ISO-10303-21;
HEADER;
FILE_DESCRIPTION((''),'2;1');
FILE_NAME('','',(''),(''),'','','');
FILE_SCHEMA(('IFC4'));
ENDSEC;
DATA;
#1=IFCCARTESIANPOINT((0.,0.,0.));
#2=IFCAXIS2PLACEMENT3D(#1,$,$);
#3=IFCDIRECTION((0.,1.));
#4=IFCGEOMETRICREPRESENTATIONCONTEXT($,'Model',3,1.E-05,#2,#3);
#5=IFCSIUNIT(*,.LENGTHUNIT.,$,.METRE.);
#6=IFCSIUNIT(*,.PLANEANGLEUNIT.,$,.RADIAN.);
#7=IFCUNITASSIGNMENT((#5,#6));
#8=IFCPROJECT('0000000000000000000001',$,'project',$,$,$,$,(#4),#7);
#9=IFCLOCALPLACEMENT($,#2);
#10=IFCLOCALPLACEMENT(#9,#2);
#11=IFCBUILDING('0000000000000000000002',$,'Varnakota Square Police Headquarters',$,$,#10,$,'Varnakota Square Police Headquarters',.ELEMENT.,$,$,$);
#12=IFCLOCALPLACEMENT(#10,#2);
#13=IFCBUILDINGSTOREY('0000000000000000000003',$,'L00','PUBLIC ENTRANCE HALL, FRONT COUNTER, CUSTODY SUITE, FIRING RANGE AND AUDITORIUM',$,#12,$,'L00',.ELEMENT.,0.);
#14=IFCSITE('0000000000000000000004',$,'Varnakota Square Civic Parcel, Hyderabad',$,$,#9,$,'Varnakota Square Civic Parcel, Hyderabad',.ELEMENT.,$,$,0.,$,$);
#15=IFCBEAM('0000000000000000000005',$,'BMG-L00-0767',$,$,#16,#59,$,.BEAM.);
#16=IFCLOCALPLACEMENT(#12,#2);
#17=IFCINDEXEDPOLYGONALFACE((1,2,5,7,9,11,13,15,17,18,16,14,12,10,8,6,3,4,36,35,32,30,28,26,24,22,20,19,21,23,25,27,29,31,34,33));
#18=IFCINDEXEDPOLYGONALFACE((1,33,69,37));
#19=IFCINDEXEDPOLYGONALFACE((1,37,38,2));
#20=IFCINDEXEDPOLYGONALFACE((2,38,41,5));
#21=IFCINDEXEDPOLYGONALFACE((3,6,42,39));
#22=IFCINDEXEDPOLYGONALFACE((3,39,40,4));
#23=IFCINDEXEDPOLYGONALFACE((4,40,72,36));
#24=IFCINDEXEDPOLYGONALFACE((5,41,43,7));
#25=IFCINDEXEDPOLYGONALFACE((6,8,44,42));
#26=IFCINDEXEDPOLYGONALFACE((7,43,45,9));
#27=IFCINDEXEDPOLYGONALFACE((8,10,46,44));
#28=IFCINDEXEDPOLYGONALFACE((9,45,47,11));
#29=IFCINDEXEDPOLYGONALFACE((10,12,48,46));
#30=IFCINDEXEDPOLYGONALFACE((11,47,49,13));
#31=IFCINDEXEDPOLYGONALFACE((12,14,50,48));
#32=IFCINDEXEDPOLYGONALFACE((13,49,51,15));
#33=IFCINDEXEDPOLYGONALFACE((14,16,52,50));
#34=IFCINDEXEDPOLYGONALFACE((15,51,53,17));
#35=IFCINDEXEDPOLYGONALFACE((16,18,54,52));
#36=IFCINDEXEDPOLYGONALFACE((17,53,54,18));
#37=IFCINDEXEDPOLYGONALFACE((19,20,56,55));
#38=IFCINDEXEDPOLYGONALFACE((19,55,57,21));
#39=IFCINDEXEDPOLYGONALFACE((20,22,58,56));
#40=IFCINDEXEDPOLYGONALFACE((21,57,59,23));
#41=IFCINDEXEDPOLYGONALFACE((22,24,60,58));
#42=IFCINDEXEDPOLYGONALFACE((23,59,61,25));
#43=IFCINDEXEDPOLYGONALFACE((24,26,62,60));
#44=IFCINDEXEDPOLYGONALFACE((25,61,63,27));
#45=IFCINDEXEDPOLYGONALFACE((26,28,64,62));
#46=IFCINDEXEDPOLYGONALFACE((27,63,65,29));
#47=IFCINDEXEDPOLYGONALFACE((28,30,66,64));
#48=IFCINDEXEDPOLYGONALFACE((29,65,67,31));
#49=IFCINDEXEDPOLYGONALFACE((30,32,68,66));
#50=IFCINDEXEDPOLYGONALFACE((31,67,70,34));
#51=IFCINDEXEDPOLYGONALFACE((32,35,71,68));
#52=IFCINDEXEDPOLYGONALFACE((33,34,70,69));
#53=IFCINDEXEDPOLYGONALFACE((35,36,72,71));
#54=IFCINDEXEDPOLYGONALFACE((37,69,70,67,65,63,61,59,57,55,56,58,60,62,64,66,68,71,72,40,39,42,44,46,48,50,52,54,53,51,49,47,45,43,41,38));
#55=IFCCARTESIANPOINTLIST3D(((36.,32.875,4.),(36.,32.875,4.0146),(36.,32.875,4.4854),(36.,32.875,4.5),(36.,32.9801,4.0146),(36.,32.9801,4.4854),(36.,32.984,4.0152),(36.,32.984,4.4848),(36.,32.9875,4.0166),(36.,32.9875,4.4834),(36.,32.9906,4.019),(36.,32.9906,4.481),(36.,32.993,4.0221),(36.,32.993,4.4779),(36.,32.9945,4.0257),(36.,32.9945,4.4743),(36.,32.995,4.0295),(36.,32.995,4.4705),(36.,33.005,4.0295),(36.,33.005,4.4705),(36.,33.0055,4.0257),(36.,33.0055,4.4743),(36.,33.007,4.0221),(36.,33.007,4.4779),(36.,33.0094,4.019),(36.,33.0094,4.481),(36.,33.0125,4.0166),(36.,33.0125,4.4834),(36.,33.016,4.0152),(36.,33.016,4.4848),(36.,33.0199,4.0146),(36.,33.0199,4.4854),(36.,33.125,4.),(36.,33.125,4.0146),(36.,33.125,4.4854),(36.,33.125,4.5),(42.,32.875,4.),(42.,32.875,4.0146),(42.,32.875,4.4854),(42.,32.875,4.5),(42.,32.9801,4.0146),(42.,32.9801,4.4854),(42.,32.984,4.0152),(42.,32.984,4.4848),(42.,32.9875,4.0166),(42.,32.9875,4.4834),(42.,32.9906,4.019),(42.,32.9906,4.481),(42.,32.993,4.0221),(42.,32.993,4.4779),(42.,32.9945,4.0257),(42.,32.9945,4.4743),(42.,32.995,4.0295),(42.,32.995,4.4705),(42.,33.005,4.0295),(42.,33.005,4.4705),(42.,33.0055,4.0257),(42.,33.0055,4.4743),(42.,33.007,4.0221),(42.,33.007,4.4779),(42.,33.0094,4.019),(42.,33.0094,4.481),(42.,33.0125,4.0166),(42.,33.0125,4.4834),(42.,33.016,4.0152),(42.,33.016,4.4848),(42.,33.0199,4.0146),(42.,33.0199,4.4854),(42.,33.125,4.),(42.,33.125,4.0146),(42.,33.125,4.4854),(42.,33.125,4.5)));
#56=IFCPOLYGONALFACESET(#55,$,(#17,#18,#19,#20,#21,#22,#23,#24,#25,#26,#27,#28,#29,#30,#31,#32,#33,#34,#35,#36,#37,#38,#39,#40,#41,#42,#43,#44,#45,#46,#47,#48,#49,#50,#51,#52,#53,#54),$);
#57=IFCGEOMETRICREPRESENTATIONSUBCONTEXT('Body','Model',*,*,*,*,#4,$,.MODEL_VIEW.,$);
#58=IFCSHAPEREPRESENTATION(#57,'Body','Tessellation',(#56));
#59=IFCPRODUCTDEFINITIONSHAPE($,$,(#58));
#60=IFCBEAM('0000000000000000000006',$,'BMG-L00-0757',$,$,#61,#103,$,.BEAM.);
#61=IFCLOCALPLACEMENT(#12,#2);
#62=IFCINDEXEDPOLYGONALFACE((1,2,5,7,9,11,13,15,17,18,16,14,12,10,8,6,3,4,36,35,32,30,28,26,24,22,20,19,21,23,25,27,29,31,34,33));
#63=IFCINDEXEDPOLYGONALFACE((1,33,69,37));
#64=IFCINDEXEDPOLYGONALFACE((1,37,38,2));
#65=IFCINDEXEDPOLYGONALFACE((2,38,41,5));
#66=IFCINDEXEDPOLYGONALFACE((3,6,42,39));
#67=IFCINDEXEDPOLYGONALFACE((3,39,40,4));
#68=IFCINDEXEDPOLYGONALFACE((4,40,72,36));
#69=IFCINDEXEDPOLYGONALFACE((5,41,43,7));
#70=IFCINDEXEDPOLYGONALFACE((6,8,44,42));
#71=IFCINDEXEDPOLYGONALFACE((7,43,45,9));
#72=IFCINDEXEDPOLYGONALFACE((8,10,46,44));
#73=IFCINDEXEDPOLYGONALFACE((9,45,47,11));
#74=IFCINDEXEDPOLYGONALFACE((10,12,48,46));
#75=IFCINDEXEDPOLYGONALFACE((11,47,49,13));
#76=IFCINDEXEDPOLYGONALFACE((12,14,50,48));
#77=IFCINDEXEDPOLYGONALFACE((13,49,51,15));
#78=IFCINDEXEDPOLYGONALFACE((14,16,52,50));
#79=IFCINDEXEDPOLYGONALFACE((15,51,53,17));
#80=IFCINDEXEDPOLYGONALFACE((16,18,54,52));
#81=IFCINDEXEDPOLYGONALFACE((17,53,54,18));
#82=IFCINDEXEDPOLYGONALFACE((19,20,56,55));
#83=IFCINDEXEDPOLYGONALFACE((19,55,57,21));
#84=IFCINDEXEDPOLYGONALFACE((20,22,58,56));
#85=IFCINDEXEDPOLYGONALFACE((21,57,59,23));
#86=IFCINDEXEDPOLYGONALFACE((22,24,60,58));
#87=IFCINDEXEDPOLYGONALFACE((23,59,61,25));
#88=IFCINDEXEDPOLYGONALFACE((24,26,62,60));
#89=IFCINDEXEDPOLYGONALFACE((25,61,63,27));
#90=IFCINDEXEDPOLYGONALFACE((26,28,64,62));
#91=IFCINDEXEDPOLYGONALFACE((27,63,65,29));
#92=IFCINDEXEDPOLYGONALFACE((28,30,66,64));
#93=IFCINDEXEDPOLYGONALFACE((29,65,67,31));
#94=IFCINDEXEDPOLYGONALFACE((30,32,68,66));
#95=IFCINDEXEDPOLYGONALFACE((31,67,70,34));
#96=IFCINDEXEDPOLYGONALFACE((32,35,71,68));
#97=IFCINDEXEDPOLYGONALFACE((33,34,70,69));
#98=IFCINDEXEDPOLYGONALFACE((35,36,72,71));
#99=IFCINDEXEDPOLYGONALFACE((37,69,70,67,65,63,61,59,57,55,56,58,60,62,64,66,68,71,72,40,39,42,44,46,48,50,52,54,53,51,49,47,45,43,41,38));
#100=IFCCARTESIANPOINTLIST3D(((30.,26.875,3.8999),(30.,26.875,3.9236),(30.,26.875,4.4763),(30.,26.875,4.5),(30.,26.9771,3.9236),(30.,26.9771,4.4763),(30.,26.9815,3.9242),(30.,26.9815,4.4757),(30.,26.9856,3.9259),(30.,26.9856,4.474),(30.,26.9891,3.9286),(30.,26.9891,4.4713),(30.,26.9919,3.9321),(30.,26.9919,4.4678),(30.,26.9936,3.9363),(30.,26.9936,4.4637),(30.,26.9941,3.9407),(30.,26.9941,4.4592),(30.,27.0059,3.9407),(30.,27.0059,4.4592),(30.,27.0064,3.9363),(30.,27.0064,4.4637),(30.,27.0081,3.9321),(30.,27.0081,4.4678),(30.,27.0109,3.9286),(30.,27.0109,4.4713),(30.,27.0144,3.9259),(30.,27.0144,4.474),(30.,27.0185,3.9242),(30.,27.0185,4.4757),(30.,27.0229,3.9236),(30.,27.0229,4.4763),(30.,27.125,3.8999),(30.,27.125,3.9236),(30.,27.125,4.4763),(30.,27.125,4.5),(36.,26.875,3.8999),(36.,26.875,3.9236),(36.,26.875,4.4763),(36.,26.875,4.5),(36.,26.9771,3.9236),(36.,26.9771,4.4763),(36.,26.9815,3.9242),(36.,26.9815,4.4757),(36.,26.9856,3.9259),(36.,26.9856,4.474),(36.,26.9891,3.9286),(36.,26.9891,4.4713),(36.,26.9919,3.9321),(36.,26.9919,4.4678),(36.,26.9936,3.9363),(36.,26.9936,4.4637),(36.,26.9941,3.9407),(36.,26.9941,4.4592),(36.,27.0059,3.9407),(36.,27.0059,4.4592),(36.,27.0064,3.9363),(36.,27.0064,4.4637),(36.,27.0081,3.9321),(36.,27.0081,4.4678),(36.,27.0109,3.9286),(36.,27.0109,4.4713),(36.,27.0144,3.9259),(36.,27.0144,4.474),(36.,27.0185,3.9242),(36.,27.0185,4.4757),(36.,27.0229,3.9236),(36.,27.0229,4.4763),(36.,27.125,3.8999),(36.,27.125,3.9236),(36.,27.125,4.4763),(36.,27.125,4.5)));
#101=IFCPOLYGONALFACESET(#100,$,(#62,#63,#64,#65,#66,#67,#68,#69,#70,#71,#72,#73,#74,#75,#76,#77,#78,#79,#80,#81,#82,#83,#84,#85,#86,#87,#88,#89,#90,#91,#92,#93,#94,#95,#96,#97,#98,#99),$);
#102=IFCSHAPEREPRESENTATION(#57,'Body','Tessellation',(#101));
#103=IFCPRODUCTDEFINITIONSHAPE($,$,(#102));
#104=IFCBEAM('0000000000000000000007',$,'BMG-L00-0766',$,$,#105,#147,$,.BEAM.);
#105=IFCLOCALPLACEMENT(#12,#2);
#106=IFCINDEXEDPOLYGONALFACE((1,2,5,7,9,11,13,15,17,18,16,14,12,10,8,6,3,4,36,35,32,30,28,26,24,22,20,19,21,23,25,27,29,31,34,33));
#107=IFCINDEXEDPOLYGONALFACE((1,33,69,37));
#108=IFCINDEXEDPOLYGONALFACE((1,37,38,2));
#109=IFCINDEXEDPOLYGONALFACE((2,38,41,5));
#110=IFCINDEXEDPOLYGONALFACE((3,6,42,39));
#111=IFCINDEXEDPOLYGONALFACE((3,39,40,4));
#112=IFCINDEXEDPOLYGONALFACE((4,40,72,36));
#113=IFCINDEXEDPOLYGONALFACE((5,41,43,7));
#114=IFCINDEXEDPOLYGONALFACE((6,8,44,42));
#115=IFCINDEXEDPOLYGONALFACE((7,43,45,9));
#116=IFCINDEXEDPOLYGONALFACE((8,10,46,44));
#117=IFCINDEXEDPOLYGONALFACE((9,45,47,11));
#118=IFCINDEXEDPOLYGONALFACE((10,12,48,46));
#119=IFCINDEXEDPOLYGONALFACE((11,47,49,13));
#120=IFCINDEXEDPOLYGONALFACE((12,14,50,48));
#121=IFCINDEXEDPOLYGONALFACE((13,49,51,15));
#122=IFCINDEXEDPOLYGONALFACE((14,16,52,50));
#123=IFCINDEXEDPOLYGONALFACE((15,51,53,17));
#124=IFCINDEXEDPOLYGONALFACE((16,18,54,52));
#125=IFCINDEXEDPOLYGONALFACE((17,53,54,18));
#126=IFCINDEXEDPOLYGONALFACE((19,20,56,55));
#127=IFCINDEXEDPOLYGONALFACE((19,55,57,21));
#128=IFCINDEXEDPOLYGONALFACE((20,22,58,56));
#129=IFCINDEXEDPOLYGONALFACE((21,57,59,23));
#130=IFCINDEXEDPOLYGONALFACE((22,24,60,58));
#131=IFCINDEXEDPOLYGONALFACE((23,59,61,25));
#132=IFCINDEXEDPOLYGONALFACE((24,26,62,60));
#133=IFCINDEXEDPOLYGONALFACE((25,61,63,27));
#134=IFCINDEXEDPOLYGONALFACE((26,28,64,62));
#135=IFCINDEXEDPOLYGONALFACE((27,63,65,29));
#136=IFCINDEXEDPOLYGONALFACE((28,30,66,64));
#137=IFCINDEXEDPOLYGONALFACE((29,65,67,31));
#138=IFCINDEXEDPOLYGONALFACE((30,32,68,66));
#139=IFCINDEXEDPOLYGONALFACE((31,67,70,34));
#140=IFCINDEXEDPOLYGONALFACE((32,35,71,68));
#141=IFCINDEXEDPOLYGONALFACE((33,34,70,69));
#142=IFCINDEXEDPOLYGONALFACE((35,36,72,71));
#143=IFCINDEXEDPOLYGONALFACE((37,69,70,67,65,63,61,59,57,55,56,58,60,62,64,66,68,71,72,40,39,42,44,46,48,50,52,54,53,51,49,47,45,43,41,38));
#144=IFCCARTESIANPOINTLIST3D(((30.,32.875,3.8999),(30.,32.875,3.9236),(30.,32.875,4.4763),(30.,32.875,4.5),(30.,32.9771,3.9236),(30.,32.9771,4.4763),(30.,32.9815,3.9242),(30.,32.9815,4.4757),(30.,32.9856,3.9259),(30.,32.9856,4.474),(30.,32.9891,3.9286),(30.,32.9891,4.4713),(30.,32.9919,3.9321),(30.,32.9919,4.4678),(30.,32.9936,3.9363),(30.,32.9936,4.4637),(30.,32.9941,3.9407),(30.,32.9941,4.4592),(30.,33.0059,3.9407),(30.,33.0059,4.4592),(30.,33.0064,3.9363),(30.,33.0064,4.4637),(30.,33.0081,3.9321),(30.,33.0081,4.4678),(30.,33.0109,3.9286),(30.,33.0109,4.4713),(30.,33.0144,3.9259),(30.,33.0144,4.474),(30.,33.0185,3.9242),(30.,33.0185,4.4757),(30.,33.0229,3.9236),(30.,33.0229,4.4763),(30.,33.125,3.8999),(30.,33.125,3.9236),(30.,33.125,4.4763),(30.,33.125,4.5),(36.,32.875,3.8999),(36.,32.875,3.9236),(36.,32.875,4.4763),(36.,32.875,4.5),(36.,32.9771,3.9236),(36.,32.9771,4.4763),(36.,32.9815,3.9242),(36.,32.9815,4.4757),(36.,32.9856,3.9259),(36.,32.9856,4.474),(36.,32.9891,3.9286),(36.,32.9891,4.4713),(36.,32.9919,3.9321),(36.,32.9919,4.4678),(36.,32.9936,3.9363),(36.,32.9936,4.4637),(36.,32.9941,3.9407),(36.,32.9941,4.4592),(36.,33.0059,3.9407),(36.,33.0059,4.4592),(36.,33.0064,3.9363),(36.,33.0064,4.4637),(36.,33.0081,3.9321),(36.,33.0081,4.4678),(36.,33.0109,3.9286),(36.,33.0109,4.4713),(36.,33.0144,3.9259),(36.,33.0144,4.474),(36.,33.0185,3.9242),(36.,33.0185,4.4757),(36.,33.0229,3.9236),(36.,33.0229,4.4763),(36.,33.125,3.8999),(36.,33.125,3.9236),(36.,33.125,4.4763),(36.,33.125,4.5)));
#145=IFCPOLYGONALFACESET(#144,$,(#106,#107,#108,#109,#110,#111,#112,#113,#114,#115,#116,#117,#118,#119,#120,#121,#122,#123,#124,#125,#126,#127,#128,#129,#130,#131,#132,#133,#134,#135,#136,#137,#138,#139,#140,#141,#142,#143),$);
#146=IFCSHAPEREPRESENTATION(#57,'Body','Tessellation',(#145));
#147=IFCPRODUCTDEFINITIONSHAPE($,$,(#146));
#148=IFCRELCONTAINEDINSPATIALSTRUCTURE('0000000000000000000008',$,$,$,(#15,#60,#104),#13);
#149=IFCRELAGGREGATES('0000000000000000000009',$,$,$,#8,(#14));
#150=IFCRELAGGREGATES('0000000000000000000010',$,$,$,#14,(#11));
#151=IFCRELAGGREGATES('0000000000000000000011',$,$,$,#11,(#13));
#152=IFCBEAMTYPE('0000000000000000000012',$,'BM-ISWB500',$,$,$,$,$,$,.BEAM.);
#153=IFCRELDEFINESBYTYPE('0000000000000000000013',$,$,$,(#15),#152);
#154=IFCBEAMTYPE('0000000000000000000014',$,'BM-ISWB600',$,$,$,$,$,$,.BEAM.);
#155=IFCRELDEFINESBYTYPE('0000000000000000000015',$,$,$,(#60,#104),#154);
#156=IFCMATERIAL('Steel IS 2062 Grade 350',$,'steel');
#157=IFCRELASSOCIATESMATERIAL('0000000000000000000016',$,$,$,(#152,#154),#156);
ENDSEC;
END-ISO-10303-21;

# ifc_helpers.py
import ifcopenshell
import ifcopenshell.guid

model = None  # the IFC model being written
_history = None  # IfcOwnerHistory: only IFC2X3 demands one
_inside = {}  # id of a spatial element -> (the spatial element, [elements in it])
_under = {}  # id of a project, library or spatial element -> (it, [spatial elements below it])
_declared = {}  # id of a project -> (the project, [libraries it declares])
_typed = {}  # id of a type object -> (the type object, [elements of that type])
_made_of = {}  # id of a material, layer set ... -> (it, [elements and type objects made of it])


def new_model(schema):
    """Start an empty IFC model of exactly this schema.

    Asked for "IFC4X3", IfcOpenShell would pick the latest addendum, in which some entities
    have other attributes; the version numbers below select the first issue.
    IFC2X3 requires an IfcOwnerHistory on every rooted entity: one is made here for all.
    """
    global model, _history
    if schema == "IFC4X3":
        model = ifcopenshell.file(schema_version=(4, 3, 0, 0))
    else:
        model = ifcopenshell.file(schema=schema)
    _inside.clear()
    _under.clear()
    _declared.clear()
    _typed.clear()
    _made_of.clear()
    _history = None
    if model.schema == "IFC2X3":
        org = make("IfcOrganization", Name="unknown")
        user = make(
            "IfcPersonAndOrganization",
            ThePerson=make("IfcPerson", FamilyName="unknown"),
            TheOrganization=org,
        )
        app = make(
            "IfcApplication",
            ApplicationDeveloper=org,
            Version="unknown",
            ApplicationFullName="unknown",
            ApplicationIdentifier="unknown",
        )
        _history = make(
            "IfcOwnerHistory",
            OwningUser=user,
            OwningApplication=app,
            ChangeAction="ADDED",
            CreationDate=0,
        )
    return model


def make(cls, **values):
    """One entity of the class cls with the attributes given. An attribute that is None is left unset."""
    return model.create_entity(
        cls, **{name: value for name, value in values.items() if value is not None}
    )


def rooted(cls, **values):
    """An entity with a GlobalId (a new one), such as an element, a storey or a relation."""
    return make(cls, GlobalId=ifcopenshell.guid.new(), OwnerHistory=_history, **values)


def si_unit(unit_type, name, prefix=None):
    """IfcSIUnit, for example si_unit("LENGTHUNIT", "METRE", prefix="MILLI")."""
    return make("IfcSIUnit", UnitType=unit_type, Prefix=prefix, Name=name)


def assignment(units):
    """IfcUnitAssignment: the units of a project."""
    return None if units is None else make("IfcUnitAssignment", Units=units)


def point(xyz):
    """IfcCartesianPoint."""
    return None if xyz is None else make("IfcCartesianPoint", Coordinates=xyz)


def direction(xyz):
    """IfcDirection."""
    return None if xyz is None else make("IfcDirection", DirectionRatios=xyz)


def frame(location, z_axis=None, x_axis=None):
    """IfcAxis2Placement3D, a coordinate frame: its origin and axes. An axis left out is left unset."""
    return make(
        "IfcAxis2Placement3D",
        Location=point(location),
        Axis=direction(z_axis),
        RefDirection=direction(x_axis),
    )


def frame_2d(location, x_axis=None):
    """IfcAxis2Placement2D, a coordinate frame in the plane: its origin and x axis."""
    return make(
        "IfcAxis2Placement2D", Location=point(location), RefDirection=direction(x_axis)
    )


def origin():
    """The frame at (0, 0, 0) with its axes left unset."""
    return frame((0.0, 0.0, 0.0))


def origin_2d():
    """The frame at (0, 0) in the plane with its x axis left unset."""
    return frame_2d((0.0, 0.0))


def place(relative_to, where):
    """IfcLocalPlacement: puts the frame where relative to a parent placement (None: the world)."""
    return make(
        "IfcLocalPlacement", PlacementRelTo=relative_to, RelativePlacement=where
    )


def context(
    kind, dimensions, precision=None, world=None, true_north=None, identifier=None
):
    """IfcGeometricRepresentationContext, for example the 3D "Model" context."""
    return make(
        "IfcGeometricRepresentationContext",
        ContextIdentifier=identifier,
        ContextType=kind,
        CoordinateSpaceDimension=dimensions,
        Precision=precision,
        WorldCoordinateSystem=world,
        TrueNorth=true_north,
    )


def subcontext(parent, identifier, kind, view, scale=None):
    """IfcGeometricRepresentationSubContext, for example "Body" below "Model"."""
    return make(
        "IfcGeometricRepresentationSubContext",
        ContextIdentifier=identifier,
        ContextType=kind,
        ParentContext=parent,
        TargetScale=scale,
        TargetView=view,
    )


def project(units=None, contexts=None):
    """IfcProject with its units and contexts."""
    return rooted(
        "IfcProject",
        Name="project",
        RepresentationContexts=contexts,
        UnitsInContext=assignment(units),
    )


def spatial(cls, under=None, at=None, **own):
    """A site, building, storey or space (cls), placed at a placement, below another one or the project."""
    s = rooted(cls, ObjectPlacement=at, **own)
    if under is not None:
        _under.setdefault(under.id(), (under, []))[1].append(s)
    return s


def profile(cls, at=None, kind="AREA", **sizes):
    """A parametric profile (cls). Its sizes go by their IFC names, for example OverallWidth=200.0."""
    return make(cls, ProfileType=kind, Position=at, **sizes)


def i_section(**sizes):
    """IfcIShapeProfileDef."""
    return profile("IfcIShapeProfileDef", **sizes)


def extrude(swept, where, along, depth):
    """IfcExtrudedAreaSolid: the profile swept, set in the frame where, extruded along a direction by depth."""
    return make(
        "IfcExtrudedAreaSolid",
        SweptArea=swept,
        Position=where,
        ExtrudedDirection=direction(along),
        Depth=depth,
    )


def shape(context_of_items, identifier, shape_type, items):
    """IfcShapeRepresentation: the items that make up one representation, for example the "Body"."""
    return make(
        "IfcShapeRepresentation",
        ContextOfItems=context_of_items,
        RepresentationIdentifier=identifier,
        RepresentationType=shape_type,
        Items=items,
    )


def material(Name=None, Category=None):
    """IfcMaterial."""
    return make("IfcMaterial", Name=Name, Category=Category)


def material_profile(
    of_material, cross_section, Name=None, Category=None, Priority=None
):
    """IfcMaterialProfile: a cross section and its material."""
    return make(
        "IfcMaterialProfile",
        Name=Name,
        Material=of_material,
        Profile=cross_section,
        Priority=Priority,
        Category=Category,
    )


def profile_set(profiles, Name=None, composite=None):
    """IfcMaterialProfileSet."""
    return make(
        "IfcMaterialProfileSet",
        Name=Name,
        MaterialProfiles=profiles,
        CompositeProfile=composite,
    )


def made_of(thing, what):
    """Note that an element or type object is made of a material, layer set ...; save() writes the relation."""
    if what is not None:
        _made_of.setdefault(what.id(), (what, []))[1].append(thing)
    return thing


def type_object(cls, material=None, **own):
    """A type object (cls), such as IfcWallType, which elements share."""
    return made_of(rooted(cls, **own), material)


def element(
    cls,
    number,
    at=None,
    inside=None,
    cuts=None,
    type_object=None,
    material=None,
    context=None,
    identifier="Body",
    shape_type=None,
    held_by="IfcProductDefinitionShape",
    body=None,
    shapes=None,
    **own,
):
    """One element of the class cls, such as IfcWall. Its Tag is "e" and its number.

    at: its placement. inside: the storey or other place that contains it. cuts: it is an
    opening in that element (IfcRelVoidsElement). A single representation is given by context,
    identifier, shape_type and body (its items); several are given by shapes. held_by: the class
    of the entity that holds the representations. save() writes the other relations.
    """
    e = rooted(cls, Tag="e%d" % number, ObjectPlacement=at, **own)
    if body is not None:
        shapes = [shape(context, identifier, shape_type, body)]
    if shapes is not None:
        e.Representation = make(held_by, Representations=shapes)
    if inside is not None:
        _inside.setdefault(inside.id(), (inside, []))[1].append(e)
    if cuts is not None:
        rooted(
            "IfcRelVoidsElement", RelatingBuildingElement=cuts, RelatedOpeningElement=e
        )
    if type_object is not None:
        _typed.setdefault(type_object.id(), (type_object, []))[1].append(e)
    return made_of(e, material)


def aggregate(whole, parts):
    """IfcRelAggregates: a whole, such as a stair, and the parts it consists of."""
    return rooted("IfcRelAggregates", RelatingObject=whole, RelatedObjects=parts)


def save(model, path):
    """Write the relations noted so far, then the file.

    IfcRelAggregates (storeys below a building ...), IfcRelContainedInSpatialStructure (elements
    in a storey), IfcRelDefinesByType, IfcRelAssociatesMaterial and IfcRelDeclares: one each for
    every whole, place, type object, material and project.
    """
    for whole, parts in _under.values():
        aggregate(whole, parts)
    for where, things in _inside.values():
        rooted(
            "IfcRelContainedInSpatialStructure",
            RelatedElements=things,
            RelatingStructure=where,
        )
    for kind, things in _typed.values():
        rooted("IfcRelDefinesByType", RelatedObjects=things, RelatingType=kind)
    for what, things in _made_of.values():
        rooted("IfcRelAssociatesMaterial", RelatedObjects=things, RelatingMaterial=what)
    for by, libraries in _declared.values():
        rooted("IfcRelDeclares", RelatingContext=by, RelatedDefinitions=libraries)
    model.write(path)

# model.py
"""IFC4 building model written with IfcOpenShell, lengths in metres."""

from ifc_helpers import new_model, si_unit, direction, frame, origin, origin_2d, place, context, subcontext, project, spatial, i_section, extrude, material, material_profile, profile_set, type_object, element, save


model = new_model("IFC4")

# Units and contexts
model_context = context("Model", 3, precision=1e-05, world=origin(), true_north=direction((0.0, 1.0)))
body_context = subcontext(model_context, "Body", "Model", "MODEL_VIEW")
ifc_project = project(units=[si_unit("LENGTHUNIT", "METRE"), si_unit("PLANEANGLEUNIT", "RADIAN")], contexts=[model_context])

# Site, building, storey
site_placement = place(None, origin())
site = spatial("IfcSite", under=ifc_project, at=site_placement, Name="Varnakota Square Civic Parcel, Hyderabad", LongName="Varnakota Square Civic Parcel, Hyderabad", CompositionType="ELEMENT", RefElevation=0.0)
building_placement = place(site_placement, origin())
building = spatial("IfcBuilding", under=site, at=building_placement, Name="Varnakota Square Police Headquarters", LongName="Varnakota Square Police Headquarters", CompositionType="ELEMENT")
storey_placement = place(building_placement, origin())
storey = spatial("IfcBuildingStorey", under=building, at=storey_placement, Name="L00", Description="PUBLIC ENTRANCE HALL, FRONT COUNTER, CUSTODY SUITE, FIRING RANGE AND AUDITORIUM", LongName="L00", CompositionType="ELEMENT", Elevation=0.0)

# Beams
ifc_material_1 = material(Name="Steel IS 2062 Grade 350", Category="steel")
ifc_material_profile_1 = material_profile(ifc_material_1, i_section(OverallWidth=0.25, OverallDepth=0.5, WebThickness=0.01, FlangeThickness=0.0146, FilletRadius=0.0149, at=origin_2d()), Name="ISWB 500")
ifc_profile_set_1 = profile_set([ifc_material_profile_1], Name="Steel IS 2062 Grade 350")
beam_type_1 = type_object("IfcBeamType", Name="BM-ISWB500", PredefinedType="BEAM", material=ifc_profile_set_1)
for number, where, z_axis, x_axis, name in (
    (1, (36.0, 33.0, 4.25), (1.0, 0.0, 0.0), (0.0, 1.0, 0.0), "BMG-L00-0767"),
):
    element("IfcBeam", number, at=place(storey_placement, frame(where, z_axis=z_axis, x_axis=x_axis)), inside=storey, type_object=beam_type_1, Name=name, PredefinedType="BEAM", context=body_context, shape_type="SweptSolid", body=[
        extrude(i_section(OverallWidth=0.25, OverallDepth=0.5, WebThickness=0.01, FlangeThickness=0.0146, FilletRadius=0.0149, at=origin_2d()), origin(), (0.0, 0.0, 1.0), 6.0),
    ])
ifc_material_profile_2 = material_profile(ifc_material_1, i_section(OverallWidth=0.25, OverallDepth=0.6001, WebThickness=0.0117, FlangeThickness=0.0237, FilletRadius=0.0171, at=origin_2d()), Name="ISWB 600")
ifc_profile_set_2 = profile_set([ifc_material_profile_2], Name="Steel IS 2062 Grade 350")
beam_type_2 = type_object("IfcBeamType", Name="BM-ISWB600", PredefinedType="BEAM", material=ifc_profile_set_2)
for number, where, z_axis, x_axis, name in (
    (2, (30.0, 27.0, 4.2), (1.0, 0.0, 0.0), (0.0, 1.0, 0.0), "BMG-L00-0757"),
    (3, (30.0, 33.0, 4.2), (1.0, 0.0, 0.0), (0.0, 1.0, 0.0), "BMG-L00-0766"),
):
    element("IfcBeam", number, at=place(storey_placement, frame(where, z_axis=z_axis, x_axis=x_axis)), inside=storey, type_object=beam_type_2, Name=name, PredefinedType="BEAM", context=body_context, shape_type="SweptSolid", body=[
        extrude(i_section(OverallWidth=0.25, OverallDepth=0.6001, WebThickness=0.0117, FlangeThickness=0.0237, FilletRadius=0.0171, at=origin_2d()), origin(), (0.0, 0.0, 1.0), 6.0),
    ])

save(model, "model.ifc")
